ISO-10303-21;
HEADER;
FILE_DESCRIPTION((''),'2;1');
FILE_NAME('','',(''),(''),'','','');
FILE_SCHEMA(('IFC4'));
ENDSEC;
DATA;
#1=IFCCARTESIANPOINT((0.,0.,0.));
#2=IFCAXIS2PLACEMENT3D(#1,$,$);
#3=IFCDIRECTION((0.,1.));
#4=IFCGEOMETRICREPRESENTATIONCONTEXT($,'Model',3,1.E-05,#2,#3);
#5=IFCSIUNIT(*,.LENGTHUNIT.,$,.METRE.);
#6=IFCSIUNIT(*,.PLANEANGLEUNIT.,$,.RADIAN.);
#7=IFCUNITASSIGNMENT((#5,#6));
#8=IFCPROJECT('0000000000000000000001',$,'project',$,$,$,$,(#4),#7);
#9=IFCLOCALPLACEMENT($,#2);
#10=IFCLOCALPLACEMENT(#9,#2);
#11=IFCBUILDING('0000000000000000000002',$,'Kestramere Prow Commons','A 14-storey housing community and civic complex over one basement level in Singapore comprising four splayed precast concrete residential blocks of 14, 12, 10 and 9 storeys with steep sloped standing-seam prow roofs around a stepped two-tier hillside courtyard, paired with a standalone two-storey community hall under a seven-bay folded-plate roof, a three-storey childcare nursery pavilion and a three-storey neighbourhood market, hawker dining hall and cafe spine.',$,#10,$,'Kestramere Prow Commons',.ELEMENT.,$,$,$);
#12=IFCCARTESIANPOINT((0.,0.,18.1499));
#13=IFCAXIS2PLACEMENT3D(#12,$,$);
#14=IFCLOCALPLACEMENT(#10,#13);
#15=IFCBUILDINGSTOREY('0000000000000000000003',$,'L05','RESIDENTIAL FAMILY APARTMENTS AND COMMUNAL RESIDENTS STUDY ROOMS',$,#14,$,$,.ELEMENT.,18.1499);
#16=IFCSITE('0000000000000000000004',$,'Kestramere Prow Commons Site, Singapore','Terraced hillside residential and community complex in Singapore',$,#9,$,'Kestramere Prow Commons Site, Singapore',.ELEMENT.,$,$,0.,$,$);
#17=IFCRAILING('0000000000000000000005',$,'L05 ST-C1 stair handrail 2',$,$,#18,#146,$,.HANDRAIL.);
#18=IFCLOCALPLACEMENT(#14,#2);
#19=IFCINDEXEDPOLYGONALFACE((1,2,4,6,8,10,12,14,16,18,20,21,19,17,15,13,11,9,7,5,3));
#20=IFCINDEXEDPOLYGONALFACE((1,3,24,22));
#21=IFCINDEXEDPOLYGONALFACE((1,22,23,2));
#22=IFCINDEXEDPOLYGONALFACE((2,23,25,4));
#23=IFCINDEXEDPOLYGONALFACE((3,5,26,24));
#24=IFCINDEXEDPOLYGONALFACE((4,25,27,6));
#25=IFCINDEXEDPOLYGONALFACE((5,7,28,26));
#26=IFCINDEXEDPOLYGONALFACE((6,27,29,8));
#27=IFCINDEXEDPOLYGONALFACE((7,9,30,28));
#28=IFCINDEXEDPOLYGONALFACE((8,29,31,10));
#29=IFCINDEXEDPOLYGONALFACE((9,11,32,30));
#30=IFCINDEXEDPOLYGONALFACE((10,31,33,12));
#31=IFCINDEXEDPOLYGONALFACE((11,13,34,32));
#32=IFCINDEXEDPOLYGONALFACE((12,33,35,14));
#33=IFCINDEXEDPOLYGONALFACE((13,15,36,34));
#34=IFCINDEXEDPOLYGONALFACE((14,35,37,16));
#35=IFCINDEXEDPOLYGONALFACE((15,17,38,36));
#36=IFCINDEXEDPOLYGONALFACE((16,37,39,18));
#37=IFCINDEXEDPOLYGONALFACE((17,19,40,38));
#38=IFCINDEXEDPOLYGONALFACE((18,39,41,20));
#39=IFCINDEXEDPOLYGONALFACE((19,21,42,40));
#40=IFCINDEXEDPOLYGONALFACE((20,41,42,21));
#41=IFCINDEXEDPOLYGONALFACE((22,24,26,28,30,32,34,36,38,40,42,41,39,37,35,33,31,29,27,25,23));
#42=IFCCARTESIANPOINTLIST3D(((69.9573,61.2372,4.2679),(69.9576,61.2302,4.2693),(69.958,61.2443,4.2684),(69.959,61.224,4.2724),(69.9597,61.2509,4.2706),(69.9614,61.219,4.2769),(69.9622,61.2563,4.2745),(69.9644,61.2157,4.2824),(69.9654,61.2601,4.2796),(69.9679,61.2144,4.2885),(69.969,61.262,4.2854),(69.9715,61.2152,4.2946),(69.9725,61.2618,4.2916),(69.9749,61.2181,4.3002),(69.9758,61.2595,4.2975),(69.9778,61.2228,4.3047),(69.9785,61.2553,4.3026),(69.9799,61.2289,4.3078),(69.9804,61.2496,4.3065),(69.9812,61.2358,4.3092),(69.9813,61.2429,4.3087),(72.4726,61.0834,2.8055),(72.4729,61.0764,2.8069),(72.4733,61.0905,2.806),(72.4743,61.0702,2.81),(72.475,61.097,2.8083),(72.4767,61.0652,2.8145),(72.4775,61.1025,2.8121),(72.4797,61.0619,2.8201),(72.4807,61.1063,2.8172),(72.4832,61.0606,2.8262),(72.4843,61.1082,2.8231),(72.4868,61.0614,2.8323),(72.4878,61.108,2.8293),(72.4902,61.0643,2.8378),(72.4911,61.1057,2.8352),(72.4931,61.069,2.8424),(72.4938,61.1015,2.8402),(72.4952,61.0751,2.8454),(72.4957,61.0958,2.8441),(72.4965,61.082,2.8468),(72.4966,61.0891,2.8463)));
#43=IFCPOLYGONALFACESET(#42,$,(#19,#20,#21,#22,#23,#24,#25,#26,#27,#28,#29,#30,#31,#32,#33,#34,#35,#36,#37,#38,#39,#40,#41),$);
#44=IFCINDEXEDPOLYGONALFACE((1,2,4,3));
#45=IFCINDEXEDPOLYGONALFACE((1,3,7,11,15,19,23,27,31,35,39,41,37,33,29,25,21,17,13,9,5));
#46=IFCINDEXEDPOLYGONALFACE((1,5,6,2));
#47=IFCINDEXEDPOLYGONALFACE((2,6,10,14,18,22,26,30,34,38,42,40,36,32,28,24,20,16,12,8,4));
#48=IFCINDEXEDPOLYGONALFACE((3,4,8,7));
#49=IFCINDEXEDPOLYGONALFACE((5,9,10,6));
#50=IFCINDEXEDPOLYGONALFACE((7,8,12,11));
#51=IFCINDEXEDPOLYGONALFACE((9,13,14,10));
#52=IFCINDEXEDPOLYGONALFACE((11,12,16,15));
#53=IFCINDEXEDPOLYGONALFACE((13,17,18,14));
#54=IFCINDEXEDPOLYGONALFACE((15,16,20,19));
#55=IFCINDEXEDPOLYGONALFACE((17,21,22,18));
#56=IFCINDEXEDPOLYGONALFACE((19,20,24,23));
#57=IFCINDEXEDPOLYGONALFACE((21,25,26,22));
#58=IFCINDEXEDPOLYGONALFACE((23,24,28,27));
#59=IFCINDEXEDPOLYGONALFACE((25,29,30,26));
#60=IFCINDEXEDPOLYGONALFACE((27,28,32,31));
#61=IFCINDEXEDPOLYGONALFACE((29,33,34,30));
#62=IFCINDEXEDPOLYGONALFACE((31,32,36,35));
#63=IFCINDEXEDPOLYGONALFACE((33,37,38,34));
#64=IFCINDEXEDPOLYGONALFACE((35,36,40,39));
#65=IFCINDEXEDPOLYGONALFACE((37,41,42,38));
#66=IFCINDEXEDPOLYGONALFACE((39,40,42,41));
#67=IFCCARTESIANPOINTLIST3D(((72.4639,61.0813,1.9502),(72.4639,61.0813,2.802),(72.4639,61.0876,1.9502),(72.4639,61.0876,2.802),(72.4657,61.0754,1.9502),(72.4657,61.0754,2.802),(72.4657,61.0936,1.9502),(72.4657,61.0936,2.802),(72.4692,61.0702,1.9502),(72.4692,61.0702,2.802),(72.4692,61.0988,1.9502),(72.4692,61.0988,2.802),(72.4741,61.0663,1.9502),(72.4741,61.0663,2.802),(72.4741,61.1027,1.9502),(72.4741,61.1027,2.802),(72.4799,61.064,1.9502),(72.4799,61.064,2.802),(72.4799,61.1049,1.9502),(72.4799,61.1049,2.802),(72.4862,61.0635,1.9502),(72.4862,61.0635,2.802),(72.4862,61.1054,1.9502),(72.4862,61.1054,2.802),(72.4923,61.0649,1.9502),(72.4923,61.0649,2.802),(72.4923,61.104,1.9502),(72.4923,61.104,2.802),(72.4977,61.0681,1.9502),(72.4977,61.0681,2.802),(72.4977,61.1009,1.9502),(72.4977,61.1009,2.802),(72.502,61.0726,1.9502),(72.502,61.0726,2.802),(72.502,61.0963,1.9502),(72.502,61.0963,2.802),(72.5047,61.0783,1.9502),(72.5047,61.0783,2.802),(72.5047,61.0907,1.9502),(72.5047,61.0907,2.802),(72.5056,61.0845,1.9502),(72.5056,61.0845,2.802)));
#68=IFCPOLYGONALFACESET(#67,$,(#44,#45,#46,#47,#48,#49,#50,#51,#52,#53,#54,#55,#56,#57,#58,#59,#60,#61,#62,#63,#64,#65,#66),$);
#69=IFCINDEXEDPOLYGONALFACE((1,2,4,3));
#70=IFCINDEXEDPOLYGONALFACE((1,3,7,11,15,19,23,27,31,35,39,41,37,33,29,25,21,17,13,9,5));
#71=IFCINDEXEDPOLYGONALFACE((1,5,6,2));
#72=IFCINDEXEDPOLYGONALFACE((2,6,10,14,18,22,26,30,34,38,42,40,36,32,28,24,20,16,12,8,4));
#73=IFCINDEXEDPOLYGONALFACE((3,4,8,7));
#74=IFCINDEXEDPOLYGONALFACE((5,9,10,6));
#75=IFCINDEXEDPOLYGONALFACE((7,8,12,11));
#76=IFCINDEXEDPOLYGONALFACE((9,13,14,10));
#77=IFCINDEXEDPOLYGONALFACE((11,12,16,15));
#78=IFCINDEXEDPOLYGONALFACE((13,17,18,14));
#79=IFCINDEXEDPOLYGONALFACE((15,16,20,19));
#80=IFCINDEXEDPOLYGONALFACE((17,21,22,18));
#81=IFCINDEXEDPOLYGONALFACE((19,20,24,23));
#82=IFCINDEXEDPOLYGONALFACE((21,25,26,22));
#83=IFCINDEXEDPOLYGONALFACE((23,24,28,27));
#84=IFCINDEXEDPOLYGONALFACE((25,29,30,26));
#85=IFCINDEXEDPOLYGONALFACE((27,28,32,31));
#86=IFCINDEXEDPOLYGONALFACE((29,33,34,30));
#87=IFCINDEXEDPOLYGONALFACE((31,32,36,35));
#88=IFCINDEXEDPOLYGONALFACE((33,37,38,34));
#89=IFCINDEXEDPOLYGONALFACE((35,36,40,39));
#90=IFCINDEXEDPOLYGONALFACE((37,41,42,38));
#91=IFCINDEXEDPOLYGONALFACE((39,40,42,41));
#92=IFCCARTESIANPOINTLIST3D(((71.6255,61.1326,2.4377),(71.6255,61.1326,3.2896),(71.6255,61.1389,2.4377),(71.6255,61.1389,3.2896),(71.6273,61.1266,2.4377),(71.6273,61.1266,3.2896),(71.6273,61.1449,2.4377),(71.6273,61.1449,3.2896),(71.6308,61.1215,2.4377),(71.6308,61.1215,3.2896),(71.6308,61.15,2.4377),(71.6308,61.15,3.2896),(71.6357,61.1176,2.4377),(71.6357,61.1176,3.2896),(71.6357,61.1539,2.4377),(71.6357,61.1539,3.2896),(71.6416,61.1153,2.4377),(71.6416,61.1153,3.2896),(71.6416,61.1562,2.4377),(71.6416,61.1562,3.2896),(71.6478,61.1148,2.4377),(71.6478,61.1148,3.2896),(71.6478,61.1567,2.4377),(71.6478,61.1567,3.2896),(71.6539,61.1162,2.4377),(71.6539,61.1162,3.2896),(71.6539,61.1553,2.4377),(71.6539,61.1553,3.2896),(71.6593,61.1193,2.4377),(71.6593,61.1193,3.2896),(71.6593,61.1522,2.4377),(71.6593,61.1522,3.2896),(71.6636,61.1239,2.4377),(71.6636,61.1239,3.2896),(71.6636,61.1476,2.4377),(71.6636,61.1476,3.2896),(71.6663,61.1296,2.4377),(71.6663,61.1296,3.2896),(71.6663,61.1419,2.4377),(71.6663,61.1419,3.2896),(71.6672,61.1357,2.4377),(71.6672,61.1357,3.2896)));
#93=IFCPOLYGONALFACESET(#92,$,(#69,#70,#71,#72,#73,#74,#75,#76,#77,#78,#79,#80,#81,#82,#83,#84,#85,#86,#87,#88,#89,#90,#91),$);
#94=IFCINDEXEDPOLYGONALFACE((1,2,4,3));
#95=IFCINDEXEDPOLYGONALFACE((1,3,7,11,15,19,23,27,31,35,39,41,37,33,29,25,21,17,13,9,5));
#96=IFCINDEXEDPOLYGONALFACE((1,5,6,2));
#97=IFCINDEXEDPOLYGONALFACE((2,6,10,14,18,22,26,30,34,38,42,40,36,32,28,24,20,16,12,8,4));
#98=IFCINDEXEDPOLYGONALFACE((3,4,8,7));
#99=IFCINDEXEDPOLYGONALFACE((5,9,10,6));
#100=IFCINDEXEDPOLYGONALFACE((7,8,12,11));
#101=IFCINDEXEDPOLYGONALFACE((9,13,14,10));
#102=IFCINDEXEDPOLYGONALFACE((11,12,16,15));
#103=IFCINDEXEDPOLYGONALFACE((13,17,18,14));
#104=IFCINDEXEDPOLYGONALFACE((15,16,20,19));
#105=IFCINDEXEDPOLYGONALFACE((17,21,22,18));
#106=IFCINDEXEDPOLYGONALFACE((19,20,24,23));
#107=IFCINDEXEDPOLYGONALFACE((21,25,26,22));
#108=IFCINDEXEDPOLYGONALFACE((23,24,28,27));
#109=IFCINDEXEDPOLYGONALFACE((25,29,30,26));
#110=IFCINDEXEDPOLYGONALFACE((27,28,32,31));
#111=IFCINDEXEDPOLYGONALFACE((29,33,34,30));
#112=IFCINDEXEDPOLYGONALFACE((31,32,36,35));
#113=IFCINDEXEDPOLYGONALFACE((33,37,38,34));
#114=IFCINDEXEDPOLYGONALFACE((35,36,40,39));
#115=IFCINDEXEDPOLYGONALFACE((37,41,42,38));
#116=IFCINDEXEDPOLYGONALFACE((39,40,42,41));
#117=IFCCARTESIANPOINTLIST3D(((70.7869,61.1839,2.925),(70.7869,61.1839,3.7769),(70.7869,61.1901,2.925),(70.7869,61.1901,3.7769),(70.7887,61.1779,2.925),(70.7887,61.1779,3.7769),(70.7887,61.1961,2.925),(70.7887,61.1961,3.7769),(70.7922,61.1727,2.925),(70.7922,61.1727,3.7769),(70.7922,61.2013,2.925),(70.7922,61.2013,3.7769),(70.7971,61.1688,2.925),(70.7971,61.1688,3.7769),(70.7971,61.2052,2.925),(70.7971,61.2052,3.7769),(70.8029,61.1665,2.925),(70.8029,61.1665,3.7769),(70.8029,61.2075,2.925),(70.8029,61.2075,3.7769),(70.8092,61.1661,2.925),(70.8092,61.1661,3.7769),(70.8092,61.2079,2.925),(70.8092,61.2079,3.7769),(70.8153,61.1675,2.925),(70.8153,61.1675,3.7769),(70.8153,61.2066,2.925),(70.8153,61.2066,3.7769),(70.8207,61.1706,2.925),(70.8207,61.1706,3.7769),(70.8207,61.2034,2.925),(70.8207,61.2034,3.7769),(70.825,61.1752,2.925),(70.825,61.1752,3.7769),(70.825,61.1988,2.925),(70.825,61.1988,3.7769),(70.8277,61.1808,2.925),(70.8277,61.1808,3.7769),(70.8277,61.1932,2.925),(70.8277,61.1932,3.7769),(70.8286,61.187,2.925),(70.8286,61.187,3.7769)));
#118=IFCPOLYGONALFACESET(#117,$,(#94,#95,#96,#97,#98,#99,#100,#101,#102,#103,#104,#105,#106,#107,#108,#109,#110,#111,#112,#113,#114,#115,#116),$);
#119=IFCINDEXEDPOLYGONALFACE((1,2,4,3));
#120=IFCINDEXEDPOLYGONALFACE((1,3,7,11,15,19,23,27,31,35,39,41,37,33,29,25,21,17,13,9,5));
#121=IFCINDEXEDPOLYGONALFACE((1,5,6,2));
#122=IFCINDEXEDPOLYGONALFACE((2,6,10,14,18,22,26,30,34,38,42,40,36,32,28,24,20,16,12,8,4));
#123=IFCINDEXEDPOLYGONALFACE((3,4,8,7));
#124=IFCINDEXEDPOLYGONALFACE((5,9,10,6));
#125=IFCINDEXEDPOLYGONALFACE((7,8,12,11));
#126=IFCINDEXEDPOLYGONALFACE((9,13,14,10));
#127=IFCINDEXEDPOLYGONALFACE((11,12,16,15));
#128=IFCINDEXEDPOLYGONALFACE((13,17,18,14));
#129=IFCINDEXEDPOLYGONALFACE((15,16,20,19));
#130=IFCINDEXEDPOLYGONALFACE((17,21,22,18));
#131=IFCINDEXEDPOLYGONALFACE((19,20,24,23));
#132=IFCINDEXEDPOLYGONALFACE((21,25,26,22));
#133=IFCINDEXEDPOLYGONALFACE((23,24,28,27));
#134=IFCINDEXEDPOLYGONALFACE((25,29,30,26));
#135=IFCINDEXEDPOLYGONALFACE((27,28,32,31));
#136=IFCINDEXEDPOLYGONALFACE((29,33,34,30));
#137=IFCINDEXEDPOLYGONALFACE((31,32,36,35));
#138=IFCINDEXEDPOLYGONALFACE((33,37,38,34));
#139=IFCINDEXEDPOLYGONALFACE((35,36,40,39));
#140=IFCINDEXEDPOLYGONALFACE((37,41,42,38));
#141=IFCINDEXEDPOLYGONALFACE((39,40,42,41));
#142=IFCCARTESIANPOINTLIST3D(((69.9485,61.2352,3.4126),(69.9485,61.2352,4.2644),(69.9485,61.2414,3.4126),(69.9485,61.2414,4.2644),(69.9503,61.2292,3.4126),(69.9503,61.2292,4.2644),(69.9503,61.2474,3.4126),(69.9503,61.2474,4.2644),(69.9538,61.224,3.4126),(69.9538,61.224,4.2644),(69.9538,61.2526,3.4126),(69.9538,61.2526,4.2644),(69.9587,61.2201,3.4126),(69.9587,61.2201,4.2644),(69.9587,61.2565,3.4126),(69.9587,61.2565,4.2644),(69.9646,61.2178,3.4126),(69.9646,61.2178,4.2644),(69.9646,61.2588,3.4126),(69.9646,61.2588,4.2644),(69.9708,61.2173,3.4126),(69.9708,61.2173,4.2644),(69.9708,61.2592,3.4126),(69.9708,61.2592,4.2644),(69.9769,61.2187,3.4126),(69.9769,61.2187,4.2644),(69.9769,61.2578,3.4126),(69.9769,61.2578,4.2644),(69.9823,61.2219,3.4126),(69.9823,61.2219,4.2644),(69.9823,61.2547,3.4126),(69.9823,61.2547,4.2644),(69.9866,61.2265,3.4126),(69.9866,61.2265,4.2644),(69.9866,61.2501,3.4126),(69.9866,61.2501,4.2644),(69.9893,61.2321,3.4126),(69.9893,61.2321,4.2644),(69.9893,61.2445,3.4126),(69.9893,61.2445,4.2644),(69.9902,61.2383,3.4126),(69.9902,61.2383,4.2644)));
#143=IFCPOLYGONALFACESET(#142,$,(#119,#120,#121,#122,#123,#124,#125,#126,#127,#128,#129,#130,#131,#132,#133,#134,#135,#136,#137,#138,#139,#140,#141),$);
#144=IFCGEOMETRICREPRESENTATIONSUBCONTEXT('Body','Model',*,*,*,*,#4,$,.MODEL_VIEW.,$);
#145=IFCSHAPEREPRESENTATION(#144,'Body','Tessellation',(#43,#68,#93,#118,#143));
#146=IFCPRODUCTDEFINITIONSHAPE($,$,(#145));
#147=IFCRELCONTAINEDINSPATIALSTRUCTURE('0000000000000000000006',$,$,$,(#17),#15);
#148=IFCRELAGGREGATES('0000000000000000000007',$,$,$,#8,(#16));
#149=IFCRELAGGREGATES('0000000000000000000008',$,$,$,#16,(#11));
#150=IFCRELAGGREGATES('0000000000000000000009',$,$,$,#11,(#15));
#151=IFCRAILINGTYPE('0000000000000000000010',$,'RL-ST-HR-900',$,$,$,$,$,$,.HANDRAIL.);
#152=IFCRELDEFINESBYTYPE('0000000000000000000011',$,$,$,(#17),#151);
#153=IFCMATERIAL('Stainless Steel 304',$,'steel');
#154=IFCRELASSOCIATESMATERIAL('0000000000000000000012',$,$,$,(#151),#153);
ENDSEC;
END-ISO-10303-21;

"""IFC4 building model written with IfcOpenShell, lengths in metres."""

from ifc_helpers import new_model, si_unit, direction, frame, origin, origin_2d, place, context, subcontext, project, spatial, circle, extrude, material, type_object, element, save


model = new_model("IFC4")

# Units and contexts
model_context = context("Model", 3, precision=1e-05, world=origin(), true_north=direction((0.0, 1.0)))
body_context = subcontext(model_context, "Body", "Model", "MODEL_VIEW")
ifc_project = project(units=[si_unit("LENGTHUNIT", "METRE"), si_unit("PLANEANGLEUNIT", "RADIAN")], contexts=[model_context])

# Site, building, storey
site_placement = place(None, origin())
site = spatial("IfcSite", under=ifc_project, at=site_placement, Name="Kestramere Prow Commons Site, Singapore", Description="Terraced hillside residential and community complex in Singapore", LongName="Kestramere Prow Commons Site, Singapore", CompositionType="ELEMENT", RefElevation=0.0)
building_placement = place(site_placement, origin())
building = spatial("IfcBuilding", under=site, at=building_placement, Name="Kestramere Prow Commons", Description="A 14-storey housing community and civic complex over one basement level in Singapore comprising four splayed precast concrete residential blocks of 14, 12, 10 and 9 storeys with steep sloped standing-seam prow roofs around a stepped two-tier hillside courtyard, paired with a standalone two-storey community hall under a seven-bay folded-plate roof, a three-storey childcare nursery pavilion and a three-storey neighbourhood market, hawker dining hall and cafe spine.", LongName="Kestramere Prow Commons", CompositionType="ELEMENT")
storey_placement = place(building_placement, frame((0.0, 0.0, 18.1499)))
storey = spatial("IfcBuildingStorey", under=building, at=storey_placement, Name="L05", Description="RESIDENTIAL FAMILY APARTMENTS AND COMMUNAL RESIDENTS STUDY ROOMS", CompositionType="ELEMENT", Elevation=18.1499)

# Railing
ifc_material_1 = material(Name="Stainless Steel 304", Category="steel")
railing_type_1 = type_object("IfcRailingType", Name="RL-ST-HR-900", PredefinedType="HANDRAIL", material=ifc_material_1)
railing_1_placement = place(storey_placement, frame((72.4846, 61.0845, 1.9502)))
element("IfcRailing", 1, at=railing_1_placement, inside=storey, type_object=railing_type_1, Name="L05 ST-C1 stair handrail 2", PredefinedType="HANDRAIL", context=body_context, shape_type="SweptSolid", body=[
    extrude(circle(Radius=0.0239, at=origin_2d()), frame((0.0, 0.0, 0.876), z_axis=(-0.863306, 0.052789, 0.501912), x_axis=(-0.061033, -0.998136, 0.0)), (0.0, 0.0, 1.0), 2.9136),
    extrude(circle(Radius=0.021, at=origin_2d()), origin(), (0.0, 0.0, 1.0), 0.8518),
    extrude(circle(Radius=0.021, at=origin_2d()), frame((-0.8384, 0.0513, 0.4875)), (0.0, 0.0, 1.0), 0.8518),
    extrude(circle(Radius=0.021, at=origin_2d()), frame((-1.677, 0.1025, 0.9749)), (0.0, 0.0, 1.0), 0.8518),
    extrude(circle(Radius=0.021, at=origin_2d()), frame((-2.5154, 0.1538, 1.4624)), (0.0, 0.0, 1.0), 0.8518),
])

save(model, "model.ifc")
